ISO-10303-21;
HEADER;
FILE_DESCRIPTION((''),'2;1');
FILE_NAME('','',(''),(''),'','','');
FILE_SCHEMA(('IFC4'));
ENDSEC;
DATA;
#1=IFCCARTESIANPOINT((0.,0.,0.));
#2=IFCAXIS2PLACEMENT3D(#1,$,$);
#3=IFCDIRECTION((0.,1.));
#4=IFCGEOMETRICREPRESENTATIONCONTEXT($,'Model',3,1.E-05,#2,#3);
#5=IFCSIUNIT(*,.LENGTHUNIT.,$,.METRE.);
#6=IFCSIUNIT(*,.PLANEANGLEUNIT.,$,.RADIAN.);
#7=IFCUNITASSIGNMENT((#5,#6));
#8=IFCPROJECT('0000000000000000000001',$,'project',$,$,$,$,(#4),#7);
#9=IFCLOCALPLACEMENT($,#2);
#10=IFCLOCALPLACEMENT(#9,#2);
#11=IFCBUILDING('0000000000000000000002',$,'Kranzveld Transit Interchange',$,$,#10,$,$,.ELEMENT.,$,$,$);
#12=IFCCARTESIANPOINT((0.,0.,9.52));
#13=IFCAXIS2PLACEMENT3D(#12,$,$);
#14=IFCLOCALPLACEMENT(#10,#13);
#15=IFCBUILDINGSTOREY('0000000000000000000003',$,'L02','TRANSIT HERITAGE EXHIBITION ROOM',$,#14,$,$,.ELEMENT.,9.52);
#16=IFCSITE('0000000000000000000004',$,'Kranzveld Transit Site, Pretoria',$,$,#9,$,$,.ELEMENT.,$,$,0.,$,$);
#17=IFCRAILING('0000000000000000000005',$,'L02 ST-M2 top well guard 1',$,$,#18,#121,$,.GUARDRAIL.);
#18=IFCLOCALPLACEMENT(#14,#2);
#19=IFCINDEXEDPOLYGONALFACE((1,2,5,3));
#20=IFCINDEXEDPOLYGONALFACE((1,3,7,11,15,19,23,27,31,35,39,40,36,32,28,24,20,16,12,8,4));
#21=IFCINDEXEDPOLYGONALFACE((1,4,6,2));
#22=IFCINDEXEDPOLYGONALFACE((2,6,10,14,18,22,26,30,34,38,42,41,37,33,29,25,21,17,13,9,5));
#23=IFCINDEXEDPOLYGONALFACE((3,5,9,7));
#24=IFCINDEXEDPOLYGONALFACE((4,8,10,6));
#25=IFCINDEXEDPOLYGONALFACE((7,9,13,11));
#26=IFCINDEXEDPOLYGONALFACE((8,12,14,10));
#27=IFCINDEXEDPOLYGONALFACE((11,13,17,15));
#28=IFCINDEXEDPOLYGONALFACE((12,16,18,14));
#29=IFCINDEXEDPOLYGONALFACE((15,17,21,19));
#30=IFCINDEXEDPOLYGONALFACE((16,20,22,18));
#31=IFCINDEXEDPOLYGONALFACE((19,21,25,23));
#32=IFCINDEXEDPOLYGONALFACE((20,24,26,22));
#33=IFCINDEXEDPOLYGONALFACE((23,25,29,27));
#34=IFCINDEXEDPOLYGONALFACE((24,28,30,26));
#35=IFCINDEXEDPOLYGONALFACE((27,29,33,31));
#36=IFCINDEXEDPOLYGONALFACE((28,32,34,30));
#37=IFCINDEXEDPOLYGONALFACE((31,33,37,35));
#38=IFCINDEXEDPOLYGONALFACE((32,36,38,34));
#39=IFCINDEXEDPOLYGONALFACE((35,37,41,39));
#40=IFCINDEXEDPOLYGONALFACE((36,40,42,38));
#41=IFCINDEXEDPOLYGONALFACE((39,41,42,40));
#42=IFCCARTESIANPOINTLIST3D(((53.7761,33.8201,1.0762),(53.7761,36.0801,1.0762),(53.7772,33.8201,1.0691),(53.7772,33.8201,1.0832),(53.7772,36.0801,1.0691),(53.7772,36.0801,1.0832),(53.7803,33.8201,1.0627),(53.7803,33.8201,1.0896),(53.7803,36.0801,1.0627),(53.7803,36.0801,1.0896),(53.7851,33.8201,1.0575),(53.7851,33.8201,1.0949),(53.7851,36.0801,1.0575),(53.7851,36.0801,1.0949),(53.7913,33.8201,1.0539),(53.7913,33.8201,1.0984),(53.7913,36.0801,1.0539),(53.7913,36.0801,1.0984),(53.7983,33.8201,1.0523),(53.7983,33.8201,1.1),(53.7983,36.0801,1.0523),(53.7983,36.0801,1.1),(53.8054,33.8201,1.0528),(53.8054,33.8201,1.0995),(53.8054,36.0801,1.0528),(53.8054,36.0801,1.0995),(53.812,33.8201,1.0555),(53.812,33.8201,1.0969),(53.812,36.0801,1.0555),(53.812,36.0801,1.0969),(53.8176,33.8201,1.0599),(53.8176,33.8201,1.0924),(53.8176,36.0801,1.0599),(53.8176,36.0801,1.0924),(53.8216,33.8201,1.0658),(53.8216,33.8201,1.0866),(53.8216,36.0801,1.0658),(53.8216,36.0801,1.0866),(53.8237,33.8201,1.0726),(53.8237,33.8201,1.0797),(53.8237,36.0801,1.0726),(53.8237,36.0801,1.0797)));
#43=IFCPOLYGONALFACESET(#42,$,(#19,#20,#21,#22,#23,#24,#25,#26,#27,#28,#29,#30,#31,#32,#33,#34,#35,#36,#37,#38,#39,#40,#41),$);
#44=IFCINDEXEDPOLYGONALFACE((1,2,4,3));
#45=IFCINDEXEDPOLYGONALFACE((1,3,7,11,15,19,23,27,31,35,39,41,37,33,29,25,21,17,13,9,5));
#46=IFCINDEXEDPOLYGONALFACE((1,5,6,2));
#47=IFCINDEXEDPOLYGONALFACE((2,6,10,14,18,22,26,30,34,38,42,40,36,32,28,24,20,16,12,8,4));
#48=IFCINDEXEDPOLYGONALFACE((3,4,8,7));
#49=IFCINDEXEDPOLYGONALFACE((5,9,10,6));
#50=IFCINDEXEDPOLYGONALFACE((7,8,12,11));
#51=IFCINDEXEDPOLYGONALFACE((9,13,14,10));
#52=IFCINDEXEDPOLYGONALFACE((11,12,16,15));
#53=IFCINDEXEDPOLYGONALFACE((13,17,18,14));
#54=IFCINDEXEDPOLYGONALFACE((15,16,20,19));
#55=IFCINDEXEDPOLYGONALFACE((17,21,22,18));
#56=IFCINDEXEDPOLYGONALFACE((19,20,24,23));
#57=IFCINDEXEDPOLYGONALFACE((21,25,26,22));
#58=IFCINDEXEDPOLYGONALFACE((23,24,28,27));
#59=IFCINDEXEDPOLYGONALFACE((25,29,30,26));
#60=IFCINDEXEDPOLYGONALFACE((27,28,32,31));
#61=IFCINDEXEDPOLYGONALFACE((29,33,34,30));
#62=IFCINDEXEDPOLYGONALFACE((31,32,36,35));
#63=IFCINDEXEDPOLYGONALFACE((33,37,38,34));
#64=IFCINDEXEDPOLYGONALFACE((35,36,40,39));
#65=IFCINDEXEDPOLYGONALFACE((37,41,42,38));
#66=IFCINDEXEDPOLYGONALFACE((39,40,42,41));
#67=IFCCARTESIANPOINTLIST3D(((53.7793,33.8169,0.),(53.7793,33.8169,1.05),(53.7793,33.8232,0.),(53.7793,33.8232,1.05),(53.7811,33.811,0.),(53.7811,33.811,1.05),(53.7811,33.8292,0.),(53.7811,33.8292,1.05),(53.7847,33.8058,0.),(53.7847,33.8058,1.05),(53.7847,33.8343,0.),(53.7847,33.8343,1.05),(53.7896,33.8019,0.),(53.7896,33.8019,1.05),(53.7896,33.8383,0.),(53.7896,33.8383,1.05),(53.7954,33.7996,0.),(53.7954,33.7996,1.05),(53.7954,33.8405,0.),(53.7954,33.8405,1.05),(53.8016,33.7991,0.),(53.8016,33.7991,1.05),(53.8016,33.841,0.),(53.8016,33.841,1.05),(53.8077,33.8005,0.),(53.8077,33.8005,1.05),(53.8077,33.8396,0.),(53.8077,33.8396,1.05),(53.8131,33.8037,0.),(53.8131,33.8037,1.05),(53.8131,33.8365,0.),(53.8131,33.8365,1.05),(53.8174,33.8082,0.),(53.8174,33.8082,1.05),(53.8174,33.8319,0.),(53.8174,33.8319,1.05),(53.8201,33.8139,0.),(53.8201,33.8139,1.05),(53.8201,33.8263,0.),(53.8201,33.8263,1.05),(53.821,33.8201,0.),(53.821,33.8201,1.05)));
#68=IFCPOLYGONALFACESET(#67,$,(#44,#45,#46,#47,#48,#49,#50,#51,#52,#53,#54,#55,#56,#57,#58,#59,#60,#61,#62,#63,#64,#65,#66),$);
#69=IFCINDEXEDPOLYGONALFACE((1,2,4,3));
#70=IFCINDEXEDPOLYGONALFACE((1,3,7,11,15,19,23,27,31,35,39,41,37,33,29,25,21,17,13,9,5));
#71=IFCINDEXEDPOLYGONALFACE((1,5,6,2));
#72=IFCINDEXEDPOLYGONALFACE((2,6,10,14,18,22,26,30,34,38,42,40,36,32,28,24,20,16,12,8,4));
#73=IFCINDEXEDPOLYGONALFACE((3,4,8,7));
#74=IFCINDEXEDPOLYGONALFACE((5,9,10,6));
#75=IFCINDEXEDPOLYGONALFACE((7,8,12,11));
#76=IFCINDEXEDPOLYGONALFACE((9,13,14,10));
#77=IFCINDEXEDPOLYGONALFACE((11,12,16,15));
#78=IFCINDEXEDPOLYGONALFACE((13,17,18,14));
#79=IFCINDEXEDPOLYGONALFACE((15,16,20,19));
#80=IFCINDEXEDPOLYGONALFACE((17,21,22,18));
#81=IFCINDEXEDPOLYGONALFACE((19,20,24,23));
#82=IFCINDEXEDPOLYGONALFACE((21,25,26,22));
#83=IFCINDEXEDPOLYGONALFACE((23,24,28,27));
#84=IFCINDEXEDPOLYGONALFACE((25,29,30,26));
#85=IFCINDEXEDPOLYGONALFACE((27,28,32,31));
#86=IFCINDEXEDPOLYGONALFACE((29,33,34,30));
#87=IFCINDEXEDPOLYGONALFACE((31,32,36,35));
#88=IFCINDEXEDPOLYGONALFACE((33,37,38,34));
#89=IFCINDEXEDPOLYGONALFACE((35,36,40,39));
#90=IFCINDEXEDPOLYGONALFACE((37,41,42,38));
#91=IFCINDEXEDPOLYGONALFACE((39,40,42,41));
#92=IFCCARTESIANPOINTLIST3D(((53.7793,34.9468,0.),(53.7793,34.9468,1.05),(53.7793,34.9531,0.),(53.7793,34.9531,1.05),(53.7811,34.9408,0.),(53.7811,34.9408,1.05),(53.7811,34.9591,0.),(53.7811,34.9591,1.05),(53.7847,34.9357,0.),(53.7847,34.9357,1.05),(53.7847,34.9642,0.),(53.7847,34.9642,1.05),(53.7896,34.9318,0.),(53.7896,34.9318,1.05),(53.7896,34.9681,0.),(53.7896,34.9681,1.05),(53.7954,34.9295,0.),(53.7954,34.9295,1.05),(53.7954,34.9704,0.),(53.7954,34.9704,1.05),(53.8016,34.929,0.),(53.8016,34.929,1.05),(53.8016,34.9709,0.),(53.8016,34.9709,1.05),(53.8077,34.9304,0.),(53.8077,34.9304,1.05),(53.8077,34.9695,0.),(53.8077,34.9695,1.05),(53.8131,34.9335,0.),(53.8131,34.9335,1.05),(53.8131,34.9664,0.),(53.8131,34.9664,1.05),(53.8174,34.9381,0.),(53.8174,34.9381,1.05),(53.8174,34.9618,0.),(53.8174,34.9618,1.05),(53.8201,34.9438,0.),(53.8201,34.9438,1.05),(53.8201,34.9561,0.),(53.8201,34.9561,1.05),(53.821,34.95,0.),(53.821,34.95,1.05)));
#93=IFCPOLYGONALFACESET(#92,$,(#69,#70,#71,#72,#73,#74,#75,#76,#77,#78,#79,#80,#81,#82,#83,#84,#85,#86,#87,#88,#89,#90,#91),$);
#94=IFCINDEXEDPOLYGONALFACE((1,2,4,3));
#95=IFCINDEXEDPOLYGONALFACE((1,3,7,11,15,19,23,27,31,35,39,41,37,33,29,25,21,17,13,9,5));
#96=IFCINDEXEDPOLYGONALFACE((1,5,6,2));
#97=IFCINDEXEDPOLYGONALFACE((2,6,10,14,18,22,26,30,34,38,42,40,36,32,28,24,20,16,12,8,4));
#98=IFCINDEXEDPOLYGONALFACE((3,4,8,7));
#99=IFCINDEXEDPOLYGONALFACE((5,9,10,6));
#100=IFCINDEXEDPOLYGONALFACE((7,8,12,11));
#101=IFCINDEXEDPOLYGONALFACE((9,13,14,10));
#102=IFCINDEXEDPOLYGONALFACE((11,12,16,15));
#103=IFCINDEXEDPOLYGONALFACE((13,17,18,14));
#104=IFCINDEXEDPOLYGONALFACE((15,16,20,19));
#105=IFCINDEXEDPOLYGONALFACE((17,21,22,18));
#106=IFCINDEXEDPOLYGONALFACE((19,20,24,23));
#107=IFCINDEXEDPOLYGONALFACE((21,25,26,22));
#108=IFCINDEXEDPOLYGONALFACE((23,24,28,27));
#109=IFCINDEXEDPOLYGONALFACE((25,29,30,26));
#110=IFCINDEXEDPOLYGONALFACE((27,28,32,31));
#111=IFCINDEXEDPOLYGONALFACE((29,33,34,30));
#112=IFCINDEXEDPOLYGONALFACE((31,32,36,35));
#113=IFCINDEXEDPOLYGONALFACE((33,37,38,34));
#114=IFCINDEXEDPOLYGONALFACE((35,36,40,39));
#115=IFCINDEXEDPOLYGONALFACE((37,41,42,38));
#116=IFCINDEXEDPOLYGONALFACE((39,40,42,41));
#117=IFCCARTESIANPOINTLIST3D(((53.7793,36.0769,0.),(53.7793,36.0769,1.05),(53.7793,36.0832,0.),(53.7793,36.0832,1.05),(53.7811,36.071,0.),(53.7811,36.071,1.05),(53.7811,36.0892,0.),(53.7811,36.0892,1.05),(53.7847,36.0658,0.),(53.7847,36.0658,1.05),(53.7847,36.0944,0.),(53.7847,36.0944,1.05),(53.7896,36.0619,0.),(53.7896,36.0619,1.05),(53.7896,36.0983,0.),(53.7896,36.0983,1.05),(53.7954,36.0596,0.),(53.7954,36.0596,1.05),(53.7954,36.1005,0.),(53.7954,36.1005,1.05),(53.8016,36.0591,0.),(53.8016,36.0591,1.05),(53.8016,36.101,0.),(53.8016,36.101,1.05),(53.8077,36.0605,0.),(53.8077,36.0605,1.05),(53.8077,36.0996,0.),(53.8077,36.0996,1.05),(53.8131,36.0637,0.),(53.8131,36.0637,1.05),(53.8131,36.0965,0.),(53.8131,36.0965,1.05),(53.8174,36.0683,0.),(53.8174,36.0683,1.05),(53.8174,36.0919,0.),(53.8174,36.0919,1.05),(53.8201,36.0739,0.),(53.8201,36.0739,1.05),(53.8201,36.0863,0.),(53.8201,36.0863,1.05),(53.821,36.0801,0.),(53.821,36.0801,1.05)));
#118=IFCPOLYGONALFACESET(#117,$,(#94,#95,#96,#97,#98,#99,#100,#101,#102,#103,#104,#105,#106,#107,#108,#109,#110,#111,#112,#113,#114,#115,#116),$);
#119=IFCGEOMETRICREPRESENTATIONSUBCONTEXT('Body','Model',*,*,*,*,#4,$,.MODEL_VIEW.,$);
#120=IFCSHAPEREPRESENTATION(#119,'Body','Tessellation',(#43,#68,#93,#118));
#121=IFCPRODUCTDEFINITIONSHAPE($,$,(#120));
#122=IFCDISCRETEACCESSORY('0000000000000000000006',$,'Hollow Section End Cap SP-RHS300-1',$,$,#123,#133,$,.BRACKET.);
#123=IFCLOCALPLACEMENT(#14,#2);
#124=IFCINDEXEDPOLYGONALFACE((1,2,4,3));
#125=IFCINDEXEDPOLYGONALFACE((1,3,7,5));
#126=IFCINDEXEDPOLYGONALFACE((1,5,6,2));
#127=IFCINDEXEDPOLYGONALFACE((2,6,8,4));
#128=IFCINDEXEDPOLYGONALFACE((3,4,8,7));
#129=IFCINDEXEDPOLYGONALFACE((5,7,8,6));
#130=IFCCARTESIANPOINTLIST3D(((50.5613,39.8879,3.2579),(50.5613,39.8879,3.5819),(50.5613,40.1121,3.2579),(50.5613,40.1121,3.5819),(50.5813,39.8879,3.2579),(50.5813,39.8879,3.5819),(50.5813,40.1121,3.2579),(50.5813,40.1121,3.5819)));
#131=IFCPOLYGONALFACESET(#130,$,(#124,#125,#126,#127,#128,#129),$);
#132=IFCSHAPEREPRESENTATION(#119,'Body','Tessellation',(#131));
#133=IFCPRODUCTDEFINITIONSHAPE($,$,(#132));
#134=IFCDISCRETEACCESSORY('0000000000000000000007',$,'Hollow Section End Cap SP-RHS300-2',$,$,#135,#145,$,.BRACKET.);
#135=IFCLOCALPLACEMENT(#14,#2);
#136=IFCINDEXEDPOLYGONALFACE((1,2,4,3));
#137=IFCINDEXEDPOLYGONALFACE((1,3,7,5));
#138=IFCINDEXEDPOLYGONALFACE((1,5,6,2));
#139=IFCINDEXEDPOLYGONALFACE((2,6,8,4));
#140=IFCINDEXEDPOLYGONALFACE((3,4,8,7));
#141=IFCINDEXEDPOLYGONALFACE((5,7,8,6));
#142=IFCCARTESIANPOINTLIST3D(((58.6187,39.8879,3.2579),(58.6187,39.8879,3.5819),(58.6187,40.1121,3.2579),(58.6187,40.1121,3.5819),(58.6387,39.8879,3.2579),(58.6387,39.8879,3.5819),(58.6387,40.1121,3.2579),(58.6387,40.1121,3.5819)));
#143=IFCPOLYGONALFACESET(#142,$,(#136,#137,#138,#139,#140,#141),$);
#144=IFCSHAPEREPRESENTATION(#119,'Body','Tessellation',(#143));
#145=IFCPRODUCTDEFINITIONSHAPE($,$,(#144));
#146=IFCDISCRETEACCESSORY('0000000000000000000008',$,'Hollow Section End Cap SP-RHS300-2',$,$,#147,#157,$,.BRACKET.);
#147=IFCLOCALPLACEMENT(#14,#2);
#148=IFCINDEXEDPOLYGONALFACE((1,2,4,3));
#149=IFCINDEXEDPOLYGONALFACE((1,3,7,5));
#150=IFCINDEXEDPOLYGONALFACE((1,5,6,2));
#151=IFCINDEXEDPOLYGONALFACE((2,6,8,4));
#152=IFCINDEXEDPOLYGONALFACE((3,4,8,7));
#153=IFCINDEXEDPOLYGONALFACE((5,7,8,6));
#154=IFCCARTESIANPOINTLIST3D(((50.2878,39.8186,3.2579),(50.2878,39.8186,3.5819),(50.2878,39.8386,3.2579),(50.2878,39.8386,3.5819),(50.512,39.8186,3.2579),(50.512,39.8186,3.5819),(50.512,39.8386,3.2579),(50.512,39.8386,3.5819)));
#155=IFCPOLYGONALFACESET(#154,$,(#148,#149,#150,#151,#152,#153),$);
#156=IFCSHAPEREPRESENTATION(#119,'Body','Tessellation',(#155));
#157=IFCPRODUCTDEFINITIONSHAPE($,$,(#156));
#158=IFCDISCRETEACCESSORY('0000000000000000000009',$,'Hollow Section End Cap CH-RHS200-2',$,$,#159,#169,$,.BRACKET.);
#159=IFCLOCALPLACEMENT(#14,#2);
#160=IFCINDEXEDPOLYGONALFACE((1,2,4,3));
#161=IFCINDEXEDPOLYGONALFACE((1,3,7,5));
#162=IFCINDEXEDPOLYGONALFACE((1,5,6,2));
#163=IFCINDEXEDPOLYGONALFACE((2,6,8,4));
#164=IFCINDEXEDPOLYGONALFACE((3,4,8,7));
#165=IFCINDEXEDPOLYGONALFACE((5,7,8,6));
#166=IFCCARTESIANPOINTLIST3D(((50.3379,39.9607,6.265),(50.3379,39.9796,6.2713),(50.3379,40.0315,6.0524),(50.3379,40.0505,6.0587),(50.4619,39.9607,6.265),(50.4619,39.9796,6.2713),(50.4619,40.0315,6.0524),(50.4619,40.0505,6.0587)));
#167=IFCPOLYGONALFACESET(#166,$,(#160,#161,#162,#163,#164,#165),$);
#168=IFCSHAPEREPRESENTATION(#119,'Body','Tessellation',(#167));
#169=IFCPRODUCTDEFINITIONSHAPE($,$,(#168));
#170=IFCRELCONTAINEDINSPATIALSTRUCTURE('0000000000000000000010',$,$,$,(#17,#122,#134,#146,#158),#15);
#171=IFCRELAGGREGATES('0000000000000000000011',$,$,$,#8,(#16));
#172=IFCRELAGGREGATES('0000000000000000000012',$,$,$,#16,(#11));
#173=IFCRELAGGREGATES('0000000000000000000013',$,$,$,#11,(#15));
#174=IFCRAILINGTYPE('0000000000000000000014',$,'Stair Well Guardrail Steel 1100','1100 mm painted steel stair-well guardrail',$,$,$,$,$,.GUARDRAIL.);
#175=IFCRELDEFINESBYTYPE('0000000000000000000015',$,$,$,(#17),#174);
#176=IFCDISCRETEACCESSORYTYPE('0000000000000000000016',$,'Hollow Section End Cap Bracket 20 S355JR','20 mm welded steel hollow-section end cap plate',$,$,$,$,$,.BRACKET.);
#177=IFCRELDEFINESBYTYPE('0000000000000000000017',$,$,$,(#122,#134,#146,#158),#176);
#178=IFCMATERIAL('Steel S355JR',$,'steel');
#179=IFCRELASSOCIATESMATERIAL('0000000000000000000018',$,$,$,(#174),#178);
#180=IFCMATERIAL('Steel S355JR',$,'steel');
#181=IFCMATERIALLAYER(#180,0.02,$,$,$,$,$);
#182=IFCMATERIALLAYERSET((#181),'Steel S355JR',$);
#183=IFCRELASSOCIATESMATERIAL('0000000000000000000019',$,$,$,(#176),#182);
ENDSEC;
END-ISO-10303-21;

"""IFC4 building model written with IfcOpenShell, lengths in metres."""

from ifc_helpers import new_model, si_unit, direction, frame, origin, origin_2d, place, context, subcontext, project, spatial, rectangle, circle, extrude, material, layer, layer_set, type_object, element, save


model = new_model("IFC4")

# Units and contexts
model_context = context("Model", 3, precision=1e-05, world=origin(), true_north=direction((0.0, 1.0)))
body_context = subcontext(model_context, "Body", "Model", "MODEL_VIEW")
ifc_project = project(units=[si_unit("LENGTHUNIT", "METRE"), si_unit("PLANEANGLEUNIT", "RADIAN")], contexts=[model_context])

# Site, building, storey
site_placement = place(None, origin())
site = spatial("IfcSite", under=ifc_project, at=site_placement, Name="Kranzveld Transit Site, Pretoria", CompositionType="ELEMENT", RefElevation=0.0)
building_placement = place(site_placement, origin())
building = spatial("IfcBuilding", under=site, at=building_placement, Name="Kranzveld Transit Interchange", CompositionType="ELEMENT")
storey_placement = place(building_placement, frame((0.0, 0.0, 9.52)))
storey = spatial("IfcBuildingStorey", under=building, at=storey_placement, Name="L02", Description="TRANSIT HERITAGE EXHIBITION ROOM", CompositionType="ELEMENT", Elevation=9.52)

# Railing
ifc_material_1 = material(Name="Steel S355JR", Category="steel")
railing_type = type_object("IfcRailingType", Name="Stair Well Guardrail Steel 1100", Description="1100 mm painted steel stair-well guardrail", PredefinedType="GUARDRAIL", material=ifc_material_1)
railing_placement = place(storey_placement, frame((53.8, 33.8201, 0.0)))
element("IfcRailing", 1, at=railing_placement, inside=storey, type_object=railing_type, Name="L02 ST-M2 top well guard 1", PredefinedType="GUARDRAIL", context=body_context, shape_type="SweptSolid", body=[
    extrude(circle(Radius=0.0239, at=origin_2d()), frame((0.0, 0.0, 1.0762), z_axis=(0.0, 1.0, 0.0), x_axis=(-1.0, 0.0, 0.0)), (0.0, 0.0, 1.0), 2.26),
    extrude(circle(Radius=0.021, at=origin_2d()), origin(), (0.0, 0.0, 1.0), 1.05),
    extrude(circle(Radius=0.021, at=origin_2d()), frame((0.0, 1.1299, 0.0)), (0.0, 0.0, 1.0), 1.05),
    extrude(circle(Radius=0.021, at=origin_2d()), frame((0.0, 2.26, 0.0)), (0.0, 0.0, 1.0), 1.05),
])

# Discrete accessories
ifc_material_2 = material(Name="Steel S355JR", Category="steel")
ifc_layer_1 = layer(ifc_material_2, 0.02)
ifc_layer_set_1 = layer_set([ifc_layer_1], Name="Steel S355JR")
discrete_accessory_type = type_object("IfcDiscreteAccessoryType", Name="Hollow Section End Cap Bracket 20 S355JR", Description="20 mm welded steel hollow-section end cap plate", PredefinedType="BRACKET", material=ifc_layer_set_1)
for number, where, z_axis, x_axis, name in (
    (2, (50.5813, 40.0, 3.4199), (-1.0, 0.0, 0.0), (0.0, -1.0, 0.0), "Hollow Section End Cap SP-RHS300-1"),
    (3, (58.6187, 40.0, 3.4199), (1.0, 0.0, 0.0), (0.0, 1.0, 0.0), "Hollow Section End Cap SP-RHS300-2"),
    (4, (50.3999, 39.8186, 3.4199), (0.0, 1.0, 0.0), (-1.0, 0.0, 0.0), "Hollow Section End Cap SP-RHS300-2"),
):
    element("IfcDiscreteAccessory", number, at=place(storey_placement, frame(where, z_axis=z_axis, x_axis=x_axis)), inside=storey, type_object=discrete_accessory_type, Name=name, PredefinedType="BRACKET", context=body_context, shape_type="SweptSolid", body=[
        extrude(rectangle(XDim=0.2241, YDim=0.324, at=origin_2d()), origin(), (0.0, 0.0, 1.0), 0.02),
    ])
discrete_accessory_placement = place(storey_placement, frame((50.3999, 39.9961, 6.1587), z_axis=(0.0, 0.948683, 0.316228), x_axis=(-1.0, 0.0, 0.0)))
element("IfcDiscreteAccessory", 5, at=discrete_accessory_placement, inside=storey, type_object=discrete_accessory_type, Name="Hollow Section End Cap CH-RHS200-2", PredefinedType="BRACKET", context=body_context, shape_type="SweptSolid", body=[
    extrude(rectangle(XDim=0.124, YDim=0.2241, at=origin_2d()), origin(), (0.0, 0.0, 1.0), 0.02),
])

save(model, "model.ifc")
